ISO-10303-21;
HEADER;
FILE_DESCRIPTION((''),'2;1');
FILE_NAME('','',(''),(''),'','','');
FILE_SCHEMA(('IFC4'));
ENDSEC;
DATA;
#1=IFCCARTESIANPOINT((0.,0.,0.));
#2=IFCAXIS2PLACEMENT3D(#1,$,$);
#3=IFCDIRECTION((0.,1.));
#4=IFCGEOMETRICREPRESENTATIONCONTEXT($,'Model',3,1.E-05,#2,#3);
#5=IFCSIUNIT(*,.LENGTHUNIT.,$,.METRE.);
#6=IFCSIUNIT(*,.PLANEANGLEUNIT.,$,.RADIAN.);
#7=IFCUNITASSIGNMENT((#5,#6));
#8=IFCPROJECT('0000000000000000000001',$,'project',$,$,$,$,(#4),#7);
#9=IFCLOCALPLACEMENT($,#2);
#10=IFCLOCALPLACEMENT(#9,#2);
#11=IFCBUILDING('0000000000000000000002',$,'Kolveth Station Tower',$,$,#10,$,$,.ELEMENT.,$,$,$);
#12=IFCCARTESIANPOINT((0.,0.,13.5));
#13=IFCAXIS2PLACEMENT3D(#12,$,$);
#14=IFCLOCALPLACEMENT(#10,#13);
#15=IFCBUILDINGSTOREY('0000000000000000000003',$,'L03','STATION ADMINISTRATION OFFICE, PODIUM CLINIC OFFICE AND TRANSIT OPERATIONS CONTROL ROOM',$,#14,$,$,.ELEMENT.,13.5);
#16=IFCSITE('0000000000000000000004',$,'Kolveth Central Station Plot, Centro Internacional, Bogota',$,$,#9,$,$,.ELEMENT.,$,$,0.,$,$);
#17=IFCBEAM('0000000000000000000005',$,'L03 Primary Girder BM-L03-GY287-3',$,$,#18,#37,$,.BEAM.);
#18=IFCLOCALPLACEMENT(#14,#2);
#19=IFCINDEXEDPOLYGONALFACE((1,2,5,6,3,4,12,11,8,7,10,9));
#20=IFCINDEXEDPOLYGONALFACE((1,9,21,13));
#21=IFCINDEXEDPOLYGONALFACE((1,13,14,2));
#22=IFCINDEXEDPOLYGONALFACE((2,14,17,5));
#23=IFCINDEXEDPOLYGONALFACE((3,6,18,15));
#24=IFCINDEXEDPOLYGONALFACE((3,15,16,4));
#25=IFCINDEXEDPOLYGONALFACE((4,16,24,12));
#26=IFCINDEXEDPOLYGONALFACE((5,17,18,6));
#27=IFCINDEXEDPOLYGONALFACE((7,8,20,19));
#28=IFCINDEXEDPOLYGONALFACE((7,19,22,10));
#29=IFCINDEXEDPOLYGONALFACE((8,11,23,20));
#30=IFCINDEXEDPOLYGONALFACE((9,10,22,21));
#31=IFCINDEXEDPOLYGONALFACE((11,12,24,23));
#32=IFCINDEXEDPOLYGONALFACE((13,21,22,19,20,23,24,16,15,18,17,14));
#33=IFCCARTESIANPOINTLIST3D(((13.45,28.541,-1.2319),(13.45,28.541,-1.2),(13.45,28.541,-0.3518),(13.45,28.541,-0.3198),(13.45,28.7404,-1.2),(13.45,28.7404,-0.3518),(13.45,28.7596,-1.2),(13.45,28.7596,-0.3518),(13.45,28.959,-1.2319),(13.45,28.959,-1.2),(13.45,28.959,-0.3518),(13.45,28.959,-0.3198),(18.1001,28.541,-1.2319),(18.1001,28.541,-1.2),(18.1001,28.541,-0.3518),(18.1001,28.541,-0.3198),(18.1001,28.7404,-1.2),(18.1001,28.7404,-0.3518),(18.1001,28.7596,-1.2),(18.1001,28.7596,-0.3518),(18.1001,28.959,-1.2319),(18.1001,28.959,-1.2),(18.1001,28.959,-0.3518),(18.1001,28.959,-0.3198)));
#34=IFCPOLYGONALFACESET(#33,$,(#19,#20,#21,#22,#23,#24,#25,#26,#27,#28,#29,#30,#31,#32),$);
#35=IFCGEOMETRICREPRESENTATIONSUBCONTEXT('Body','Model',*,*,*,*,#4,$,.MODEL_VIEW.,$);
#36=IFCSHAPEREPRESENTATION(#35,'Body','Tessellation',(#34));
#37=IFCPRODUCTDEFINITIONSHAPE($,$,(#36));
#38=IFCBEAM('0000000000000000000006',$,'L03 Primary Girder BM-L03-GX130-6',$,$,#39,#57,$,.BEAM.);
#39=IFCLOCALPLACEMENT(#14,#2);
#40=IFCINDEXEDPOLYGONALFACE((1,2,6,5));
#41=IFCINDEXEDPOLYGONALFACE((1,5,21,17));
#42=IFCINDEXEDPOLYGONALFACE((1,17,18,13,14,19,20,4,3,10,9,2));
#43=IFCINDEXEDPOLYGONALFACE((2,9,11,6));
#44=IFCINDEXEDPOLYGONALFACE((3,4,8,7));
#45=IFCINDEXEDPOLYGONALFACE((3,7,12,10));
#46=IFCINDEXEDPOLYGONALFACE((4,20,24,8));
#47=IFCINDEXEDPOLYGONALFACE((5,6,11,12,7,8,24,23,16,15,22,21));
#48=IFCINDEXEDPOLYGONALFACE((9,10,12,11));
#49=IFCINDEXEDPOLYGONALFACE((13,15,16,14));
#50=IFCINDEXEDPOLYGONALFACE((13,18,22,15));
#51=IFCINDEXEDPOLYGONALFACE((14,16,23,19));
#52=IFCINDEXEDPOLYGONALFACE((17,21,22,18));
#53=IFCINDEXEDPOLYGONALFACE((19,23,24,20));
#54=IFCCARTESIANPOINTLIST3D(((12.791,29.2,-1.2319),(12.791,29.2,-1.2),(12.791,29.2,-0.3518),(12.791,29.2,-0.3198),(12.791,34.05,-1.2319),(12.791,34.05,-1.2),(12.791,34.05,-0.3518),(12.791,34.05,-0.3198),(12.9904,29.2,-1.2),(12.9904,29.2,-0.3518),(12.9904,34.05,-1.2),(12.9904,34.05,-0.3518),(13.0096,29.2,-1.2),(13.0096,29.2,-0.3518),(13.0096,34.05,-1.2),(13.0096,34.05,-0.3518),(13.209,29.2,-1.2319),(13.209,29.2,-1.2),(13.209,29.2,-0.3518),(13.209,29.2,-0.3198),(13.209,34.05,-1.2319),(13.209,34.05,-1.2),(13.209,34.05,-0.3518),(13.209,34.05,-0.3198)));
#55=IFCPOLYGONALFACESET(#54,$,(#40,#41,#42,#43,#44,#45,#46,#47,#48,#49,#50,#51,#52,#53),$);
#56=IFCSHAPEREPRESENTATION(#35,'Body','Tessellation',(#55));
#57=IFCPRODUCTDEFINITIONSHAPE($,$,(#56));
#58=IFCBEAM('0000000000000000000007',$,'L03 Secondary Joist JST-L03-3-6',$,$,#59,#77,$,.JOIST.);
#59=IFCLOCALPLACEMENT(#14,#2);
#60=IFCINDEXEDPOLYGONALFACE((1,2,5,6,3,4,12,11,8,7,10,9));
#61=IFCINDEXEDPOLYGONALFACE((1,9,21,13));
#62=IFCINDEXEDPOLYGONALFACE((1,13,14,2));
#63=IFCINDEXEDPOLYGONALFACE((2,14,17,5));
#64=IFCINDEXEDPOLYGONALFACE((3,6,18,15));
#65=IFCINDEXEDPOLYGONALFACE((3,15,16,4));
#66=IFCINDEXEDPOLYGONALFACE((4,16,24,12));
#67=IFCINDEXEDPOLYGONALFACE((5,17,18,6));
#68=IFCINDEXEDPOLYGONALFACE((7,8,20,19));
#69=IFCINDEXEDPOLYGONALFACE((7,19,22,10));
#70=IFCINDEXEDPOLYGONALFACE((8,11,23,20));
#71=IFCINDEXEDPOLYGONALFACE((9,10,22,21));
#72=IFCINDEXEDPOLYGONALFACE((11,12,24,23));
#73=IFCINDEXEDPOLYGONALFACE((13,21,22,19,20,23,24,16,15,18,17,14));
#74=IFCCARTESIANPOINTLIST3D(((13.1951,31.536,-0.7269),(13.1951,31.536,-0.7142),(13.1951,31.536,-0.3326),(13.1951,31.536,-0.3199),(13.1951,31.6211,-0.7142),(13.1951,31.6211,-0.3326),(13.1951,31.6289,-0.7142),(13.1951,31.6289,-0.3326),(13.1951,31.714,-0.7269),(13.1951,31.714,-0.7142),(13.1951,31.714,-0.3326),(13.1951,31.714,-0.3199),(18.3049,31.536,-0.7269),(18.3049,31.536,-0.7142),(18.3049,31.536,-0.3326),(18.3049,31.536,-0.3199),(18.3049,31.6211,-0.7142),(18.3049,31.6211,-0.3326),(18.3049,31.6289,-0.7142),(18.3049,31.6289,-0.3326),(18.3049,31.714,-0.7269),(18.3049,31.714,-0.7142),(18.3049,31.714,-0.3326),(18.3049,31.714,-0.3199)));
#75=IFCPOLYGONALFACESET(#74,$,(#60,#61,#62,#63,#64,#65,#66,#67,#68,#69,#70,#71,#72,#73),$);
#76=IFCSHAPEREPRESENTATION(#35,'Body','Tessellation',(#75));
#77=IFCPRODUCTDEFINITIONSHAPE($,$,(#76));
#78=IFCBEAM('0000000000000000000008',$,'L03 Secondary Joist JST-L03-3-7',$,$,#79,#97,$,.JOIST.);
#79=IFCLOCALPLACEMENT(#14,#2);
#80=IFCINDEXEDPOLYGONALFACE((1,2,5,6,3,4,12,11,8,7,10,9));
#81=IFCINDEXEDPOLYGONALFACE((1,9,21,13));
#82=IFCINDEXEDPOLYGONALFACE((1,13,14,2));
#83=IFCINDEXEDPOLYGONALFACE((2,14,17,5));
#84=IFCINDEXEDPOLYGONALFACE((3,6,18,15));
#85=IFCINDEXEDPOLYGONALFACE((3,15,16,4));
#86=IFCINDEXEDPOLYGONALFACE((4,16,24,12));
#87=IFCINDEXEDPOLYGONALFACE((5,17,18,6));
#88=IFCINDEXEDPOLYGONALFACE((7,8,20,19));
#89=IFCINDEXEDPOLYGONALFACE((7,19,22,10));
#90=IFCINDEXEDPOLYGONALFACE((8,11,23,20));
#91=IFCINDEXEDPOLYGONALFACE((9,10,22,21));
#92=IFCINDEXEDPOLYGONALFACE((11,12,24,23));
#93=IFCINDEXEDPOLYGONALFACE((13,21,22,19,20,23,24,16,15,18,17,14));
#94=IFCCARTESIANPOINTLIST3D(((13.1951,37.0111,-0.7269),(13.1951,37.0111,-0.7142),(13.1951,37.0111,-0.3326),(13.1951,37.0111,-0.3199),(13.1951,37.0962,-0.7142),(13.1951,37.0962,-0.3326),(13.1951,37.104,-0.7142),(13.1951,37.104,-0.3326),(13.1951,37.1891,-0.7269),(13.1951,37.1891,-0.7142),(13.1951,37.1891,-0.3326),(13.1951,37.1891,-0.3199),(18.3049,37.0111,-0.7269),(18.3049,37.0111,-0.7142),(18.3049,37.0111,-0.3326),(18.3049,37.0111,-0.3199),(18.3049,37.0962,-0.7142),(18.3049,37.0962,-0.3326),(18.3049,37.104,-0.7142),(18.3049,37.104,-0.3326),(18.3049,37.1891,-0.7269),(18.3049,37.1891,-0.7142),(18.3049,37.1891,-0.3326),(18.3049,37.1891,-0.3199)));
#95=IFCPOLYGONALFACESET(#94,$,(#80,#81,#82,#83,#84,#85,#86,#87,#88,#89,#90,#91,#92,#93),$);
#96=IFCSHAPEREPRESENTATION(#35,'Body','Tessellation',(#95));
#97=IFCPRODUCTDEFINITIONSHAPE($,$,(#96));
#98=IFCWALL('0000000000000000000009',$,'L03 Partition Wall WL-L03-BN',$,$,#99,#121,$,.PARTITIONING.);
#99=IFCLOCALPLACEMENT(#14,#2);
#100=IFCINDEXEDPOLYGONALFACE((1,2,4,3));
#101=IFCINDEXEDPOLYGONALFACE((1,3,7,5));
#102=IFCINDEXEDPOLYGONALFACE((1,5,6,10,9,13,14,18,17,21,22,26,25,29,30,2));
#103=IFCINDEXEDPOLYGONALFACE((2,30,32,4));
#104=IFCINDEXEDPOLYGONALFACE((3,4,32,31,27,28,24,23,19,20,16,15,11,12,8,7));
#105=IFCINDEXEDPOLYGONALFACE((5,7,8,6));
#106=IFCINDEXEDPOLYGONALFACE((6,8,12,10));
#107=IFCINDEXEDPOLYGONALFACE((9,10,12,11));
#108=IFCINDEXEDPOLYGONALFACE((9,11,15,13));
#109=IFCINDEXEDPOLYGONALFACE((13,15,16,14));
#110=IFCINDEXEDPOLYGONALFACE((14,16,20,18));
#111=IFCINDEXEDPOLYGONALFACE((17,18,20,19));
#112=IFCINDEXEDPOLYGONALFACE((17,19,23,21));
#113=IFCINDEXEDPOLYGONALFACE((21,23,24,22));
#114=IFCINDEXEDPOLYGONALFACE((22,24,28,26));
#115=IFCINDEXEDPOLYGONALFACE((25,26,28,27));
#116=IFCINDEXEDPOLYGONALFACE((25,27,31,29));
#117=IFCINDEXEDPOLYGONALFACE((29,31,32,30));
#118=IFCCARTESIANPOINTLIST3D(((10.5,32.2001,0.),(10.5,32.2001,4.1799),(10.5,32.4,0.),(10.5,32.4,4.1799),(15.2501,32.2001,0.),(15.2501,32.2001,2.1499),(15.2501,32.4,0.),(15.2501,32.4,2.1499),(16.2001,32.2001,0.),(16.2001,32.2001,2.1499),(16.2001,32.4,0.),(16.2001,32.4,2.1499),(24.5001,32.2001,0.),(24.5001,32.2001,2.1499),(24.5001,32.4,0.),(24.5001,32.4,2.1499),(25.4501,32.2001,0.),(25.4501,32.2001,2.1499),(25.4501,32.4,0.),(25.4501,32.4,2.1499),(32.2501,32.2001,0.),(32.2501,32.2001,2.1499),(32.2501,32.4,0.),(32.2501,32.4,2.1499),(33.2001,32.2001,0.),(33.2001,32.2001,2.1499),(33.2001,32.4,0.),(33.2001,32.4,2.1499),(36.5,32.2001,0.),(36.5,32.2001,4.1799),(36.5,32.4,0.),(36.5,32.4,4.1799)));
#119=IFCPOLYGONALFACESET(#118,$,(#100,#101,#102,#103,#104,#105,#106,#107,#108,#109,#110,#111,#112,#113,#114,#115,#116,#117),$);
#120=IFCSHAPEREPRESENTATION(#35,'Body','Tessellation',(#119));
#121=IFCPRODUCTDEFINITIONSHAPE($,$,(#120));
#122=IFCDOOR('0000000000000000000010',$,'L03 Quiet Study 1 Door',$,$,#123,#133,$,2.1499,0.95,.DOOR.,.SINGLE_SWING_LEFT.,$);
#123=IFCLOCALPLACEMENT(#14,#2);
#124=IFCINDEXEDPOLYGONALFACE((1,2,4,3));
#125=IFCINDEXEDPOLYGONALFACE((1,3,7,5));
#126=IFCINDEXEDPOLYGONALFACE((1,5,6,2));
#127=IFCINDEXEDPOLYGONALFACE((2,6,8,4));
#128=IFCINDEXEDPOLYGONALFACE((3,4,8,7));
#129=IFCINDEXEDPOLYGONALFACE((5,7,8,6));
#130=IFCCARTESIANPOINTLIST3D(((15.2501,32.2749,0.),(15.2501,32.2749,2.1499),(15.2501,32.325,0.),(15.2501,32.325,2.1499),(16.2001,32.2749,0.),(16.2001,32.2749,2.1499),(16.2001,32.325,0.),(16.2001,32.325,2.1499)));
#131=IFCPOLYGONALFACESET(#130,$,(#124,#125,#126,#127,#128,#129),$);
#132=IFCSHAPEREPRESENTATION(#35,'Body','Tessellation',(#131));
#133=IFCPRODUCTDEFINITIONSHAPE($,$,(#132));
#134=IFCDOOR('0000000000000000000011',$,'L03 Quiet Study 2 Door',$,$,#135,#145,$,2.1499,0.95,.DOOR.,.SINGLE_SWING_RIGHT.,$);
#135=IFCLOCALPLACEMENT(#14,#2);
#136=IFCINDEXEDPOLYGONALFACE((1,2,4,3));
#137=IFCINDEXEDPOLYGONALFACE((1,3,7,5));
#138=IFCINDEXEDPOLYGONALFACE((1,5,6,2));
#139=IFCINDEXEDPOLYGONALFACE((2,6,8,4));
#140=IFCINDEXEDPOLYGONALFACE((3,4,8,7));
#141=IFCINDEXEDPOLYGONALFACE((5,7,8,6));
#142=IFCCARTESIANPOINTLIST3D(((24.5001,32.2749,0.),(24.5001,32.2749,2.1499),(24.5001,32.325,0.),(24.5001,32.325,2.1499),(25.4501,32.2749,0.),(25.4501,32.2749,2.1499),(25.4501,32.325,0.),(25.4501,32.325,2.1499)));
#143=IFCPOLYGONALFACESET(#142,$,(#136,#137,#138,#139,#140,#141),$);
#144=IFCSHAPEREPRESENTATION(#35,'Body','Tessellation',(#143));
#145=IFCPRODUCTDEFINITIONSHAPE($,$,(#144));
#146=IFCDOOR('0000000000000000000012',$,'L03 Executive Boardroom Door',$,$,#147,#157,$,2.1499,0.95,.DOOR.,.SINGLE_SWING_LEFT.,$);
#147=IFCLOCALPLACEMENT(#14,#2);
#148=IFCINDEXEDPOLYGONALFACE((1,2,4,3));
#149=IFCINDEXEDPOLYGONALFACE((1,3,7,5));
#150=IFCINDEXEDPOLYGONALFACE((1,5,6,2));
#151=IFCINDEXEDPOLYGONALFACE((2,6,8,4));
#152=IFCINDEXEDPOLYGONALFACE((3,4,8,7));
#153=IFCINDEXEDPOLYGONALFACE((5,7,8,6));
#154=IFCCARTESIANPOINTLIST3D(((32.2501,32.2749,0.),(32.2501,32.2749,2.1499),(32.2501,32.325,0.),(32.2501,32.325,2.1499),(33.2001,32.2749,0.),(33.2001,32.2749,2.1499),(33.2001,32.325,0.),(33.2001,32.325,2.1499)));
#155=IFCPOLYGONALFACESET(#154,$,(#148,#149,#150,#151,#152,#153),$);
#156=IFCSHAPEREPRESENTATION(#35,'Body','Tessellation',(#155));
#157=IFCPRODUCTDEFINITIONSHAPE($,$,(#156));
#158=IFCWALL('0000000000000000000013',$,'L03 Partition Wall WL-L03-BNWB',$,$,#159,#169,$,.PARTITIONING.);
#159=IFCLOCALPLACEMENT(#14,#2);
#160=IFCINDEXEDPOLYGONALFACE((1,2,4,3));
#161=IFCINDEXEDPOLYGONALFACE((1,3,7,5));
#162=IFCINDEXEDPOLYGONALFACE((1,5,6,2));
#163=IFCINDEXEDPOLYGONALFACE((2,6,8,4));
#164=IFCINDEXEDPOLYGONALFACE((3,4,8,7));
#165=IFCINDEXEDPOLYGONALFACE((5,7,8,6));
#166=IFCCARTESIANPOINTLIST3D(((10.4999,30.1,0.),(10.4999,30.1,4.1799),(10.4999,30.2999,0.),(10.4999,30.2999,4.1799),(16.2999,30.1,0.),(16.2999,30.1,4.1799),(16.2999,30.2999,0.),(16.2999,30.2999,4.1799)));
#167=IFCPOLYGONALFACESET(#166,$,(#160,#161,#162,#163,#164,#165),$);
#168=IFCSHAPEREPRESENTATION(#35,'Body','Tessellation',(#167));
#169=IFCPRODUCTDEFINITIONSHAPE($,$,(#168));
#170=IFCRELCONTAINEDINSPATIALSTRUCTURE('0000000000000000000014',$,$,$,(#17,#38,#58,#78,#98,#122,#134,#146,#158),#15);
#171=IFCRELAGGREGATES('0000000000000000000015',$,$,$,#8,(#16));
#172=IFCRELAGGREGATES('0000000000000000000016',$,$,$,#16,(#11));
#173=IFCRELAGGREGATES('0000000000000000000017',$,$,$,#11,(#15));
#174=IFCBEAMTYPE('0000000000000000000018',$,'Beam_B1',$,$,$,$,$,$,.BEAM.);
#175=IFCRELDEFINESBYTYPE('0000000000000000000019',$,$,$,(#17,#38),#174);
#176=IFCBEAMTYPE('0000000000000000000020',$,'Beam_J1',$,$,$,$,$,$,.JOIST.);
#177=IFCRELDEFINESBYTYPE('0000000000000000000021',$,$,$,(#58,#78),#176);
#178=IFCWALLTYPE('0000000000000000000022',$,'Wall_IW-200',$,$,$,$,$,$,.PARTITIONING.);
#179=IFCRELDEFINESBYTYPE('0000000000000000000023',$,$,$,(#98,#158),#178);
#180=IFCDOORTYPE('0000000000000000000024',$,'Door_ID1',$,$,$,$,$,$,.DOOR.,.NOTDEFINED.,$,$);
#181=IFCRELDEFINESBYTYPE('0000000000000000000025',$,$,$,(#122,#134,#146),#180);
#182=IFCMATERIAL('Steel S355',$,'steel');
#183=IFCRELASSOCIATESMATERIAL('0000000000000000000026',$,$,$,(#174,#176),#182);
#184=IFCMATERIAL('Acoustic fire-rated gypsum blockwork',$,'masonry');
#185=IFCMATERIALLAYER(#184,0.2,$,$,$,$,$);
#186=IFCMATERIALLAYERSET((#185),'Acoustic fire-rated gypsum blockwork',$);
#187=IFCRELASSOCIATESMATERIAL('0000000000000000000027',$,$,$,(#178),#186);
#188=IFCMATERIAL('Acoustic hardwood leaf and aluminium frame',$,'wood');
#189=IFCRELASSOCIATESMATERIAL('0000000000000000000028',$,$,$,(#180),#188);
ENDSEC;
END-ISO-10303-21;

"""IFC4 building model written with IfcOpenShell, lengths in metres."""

from ifc_helpers import new_model, si_unit, direction, frame, frame_2d, origin, origin_2d, place, context, subcontext, project, spatial, rectangle, i_section, extrude, source, transform, mapped, material, layer, layer_set, material_profile, profile_set, type_object, element, fill, save


model = new_model("IFC4")

# Units and contexts
model_context = context("Model", 3, precision=1e-05, world=origin(), true_north=direction((0.0, 1.0)))
body_context = subcontext(model_context, "Body", "Model", "MODEL_VIEW")
ifc_project = project(units=[si_unit("LENGTHUNIT", "METRE"), si_unit("PLANEANGLEUNIT", "RADIAN")], contexts=[model_context])

# Site, building, storey
site_placement = place(None, origin())
site = spatial("IfcSite", under=ifc_project, at=site_placement, Name="Kolveth Central Station Plot, Centro Internacional, Bogota", CompositionType="ELEMENT", RefElevation=0.0)
building_placement = place(site_placement, origin())
building = spatial("IfcBuilding", under=site, at=building_placement, Name="Kolveth Station Tower", CompositionType="ELEMENT")
storey_placement = place(building_placement, frame((0.0, 0.0, 13.5)))
storey = spatial("IfcBuildingStorey", under=building, at=storey_placement, Name="L03", Description="STATION ADMINISTRATION OFFICE, PODIUM CLINIC OFFICE AND TRANSIT OPERATIONS CONTROL ROOM", CompositionType="ELEMENT", Elevation=13.5)

# Beams
ifc_material_1 = material(Name="Steel S355", Category="steel")
ifc_material_profile_1 = material_profile(ifc_material_1, i_section(OverallWidth=0.418, OverallDepth=0.9121, WebThickness=0.0193, FlangeThickness=0.032, at=origin_2d()), Name="W920x342")
ifc_profile_set_1 = profile_set([ifc_material_profile_1], Name="Steel S355")
beam_type_1 = type_object("IfcBeamType", Name="Beam_B1", PredefinedType="BEAM", material=ifc_profile_set_1)
shared_shape_1 = source(origin(), body_context, "Body", "SweptSolid", [
    extrude(i_section(OverallWidth=0.418, OverallDepth=0.9121, WebThickness=0.0193, FlangeThickness=0.032, at=origin_2d()), origin(), (0.0, 0.0, 1.0), 4.6501),
])
beam_1_placement = place(storey_placement, frame((13.45, 28.75, -0.7759), z_axis=(1.0, 0.0, 0.0), x_axis=(0.0, 1.0, 0.0)))
element("IfcBeam", 1, at=beam_1_placement, inside=storey, type_object=beam_type_1, Name="L03 Primary Girder BM-L03-GY287-3", PredefinedType="BEAM", context=body_context, shape_type="MappedRepresentation", body=[
    mapped(shared_shape_1, transform((0.0, 0.0, 0.0), x_axis=(1.0, 0.0, 0.0), y_axis=(0.0, 1.0, 0.0), z_axis=(0.0, 0.0, 1.0), scale=1.0)),
])
shared_shape_2 = source(origin(), body_context, "Body", "SweptSolid", [
    extrude(i_section(OverallWidth=0.418, OverallDepth=0.9121, WebThickness=0.0193, FlangeThickness=0.032, at=origin_2d()), origin(), (0.0, 0.0, 1.0), 4.8501),
])
beam_2_placement = place(storey_placement, frame((13.0, 29.2, -0.7759), z_axis=(0.0, 1.0, 0.0), x_axis=(-1.0, 0.0, 0.0)))
element("IfcBeam", 2, at=beam_2_placement, inside=storey, type_object=beam_type_1, Name="L03 Primary Girder BM-L03-GX130-6", PredefinedType="BEAM", context=body_context, shape_type="MappedRepresentation", body=[
    mapped(shared_shape_2, transform((0.0, 0.0, 0.0), x_axis=(1.0, 0.0, 0.0), y_axis=(0.0, 1.0, 0.0), z_axis=(0.0, 0.0, 1.0), scale=1.0)),
])
ifc_material_profile_2 = material_profile(ifc_material_1, i_section(OverallWidth=0.178, OverallDepth=0.407, WebThickness=0.0078, FlangeThickness=0.0127, at=origin_2d()), Name="W410x60")
ifc_profile_set_2 = profile_set([ifc_material_profile_2], Name="Steel S355")
beam_type_2 = type_object("IfcBeamType", Name="Beam_J1", PredefinedType="JOIST", material=ifc_profile_set_2)
shared_shape_3 = source(origin(), body_context, "Body", "SweptSolid", [
    extrude(i_section(OverallWidth=0.178, OverallDepth=0.407, WebThickness=0.0078, FlangeThickness=0.0127, at=origin_2d()), origin(), (0.0, 0.0, 1.0), 5.1099),
])
for number, where, z_axis, x_axis, name in (
    (3, (13.1951, 31.625, -0.5234), (1.0, 0.0, 0.0), (0.0, 1.0, 0.0), "L03 Secondary Joist JST-L03-3-6"),
    (4, (13.1951, 37.1001, -0.5234), (1.0, 0.0, 0.0), (0.0, 1.0, 0.0), "L03 Secondary Joist JST-L03-3-7"),
):
    element("IfcBeam", number, at=place(storey_placement, frame(where, z_axis=z_axis, x_axis=x_axis)), inside=storey, type_object=beam_type_2, Name=name, PredefinedType="JOIST", context=body_context, shape_type="MappedRepresentation", body=[
        mapped(shared_shape_3, transform((0.0, 0.0, 0.0), x_axis=(1.0, 0.0, 0.0), y_axis=(0.0, 1.0, 0.0), z_axis=(0.0, 0.0, 1.0), scale=1.0)),
    ])

# Wall, openings, doors
ifc_material_2 = material(Name="Acoustic fire-rated gypsum blockwork", Category="masonry")
ifc_layer = layer(ifc_material_2, 0.2)
ifc_layer_set = layer_set([ifc_layer], Name="Acoustic fire-rated gypsum blockwork")
wall_type = type_object("IfcWallType", Name="Wall_IW-200", PredefinedType="PARTITIONING", material=ifc_layer_set)
wall_1_placement = place(storey_placement, frame((10.5, 32.3, 0.0), z_axis=(0.0, 0.0, 1.0), x_axis=(1.0, 0.0, 0.0)))
wall_1 = element("IfcWall", 5, at=wall_1_placement, inside=storey, type_object=wall_type, Name="L03 Partition Wall WL-L03-BN", PredefinedType="PARTITIONING", context=body_context, shape_type="SweptSolid", body=[
    extrude(rectangle(XDim=26.0, YDim=0.2, at=frame_2d((13.0, 0.0))), origin(), (0.0, 0.0, 1.0), 4.1799),
])
opening_1_placement = place(wall_1_placement, frame((4.75, 0.0, 0.0)))
opening_1 = element("IfcOpeningElement", 6, at=opening_1_placement, cuts=wall_1, PredefinedType="OPENING", context=body_context, shape_type="SweptSolid", body=[
    extrude(rectangle(XDim=0.95, YDim=2.1499, at=frame_2d((0.4751, 1.075))), frame((0.0, 0.1099, 0.0), z_axis=(0.0, -1.0, 0.0), x_axis=(1.0, 0.0, 0.0)), (0.0, 0.0, 1.0), 0.22),
])
opening_2_placement = place(wall_1_placement, frame((14.0, 0.0, 0.0)))
opening_2 = element("IfcOpeningElement", 7, at=opening_2_placement, cuts=wall_1, PredefinedType="OPENING", context=body_context, shape_type="SweptSolid", body=[
    extrude(rectangle(XDim=0.95, YDim=2.1499, at=frame_2d((0.4751, 1.075))), frame((0.0, 0.1099, 0.0), z_axis=(0.0, -1.0, 0.0), x_axis=(1.0, 0.0, 0.0)), (0.0, 0.0, 1.0), 0.22),
])
opening_3_placement = place(wall_1_placement, frame((21.75, 0.0, 0.0)))
opening_3 = element("IfcOpeningElement", 8, at=opening_3_placement, cuts=wall_1, PredefinedType="OPENING", context=body_context, shape_type="SweptSolid", body=[
    extrude(rectangle(XDim=0.95, YDim=2.1499, at=frame_2d((0.4751, 1.075))), frame((0.0, 0.1099, 0.0), z_axis=(0.0, -1.0, 0.0), x_axis=(1.0, 0.0, 0.0)), (0.0, 0.0, 1.0), 0.22),
])
ifc_material_3 = material(Name="Acoustic hardwood leaf and aluminium frame", Category="wood")
door_type = type_object("IfcDoorType", Name="Door_ID1", OperationType="NOTDEFINED", PredefinedType="DOOR", material=ifc_material_3)
door_1_placement = place(opening_1_placement, origin())
door_1 = element("IfcDoor", 9, at=door_1_placement, inside=storey, type_object=door_type, Name="L03 Quiet Study 1 Door", OperationType="SINGLE_SWING_LEFT", OverallHeight=2.1499, OverallWidth=0.95, PredefinedType="DOOR", context=body_context, shape_type="SweptSolid", body=[
    extrude(rectangle(XDim=0.95, YDim=2.1499, at=frame_2d((0.4751, 1.075))), frame((0.0, 0.0249, 0.0), z_axis=(0.0, -1.0, 0.0), x_axis=(1.0, 0.0, 0.0)), (0.0, 0.0, 1.0), 0.05),
])
fill(opening_1, door_1)
door_2_placement = place(opening_2_placement, origin())
door_2 = element("IfcDoor", 10, at=door_2_placement, inside=storey, type_object=door_type, Name="L03 Quiet Study 2 Door", OperationType="SINGLE_SWING_RIGHT", OverallHeight=2.1499, OverallWidth=0.95, PredefinedType="DOOR", context=body_context, shape_type="SweptSolid", body=[
    extrude(rectangle(XDim=0.95, YDim=2.1499, at=frame_2d((0.4751, 1.075))), frame((0.0, 0.0249, 0.0), z_axis=(0.0, -1.0, 0.0), x_axis=(1.0, 0.0, 0.0)), (0.0, 0.0, 1.0), 0.05),
])
fill(opening_2, door_2)
door_3_placement = place(opening_3_placement, origin())
door_3 = element("IfcDoor", 11, at=door_3_placement, inside=storey, type_object=door_type, Name="L03 Executive Boardroom Door", OperationType="SINGLE_SWING_LEFT", OverallHeight=2.1499, OverallWidth=0.95, PredefinedType="DOOR", context=body_context, shape_type="SweptSolid", body=[
    extrude(rectangle(XDim=0.95, YDim=2.1499, at=frame_2d((0.4751, 1.075))), frame((0.0, 0.0249, 0.0), z_axis=(0.0, -1.0, 0.0), x_axis=(1.0, 0.0, 0.0)), (0.0, 0.0, 1.0), 0.05),
])
fill(opening_3, door_3)

# Wall
wall_2_placement = place(storey_placement, frame((10.5, 30.2, 0.0), z_axis=(0.0, 0.0, 1.0), x_axis=(1.0, 0.0, 0.0)))
element("IfcWall", 12, at=wall_2_placement, inside=storey, type_object=wall_type, Name="L03 Partition Wall WL-L03-BNWB", PredefinedType="PARTITIONING", context=body_context, shape_type="SweptSolid", body=[
    extrude(rectangle(XDim=5.8, YDim=0.2, at=frame_2d((2.8999, 0.0))), origin(), (0.0, 0.0, 1.0), 4.1799),
])

save(model, "model.ifc")
